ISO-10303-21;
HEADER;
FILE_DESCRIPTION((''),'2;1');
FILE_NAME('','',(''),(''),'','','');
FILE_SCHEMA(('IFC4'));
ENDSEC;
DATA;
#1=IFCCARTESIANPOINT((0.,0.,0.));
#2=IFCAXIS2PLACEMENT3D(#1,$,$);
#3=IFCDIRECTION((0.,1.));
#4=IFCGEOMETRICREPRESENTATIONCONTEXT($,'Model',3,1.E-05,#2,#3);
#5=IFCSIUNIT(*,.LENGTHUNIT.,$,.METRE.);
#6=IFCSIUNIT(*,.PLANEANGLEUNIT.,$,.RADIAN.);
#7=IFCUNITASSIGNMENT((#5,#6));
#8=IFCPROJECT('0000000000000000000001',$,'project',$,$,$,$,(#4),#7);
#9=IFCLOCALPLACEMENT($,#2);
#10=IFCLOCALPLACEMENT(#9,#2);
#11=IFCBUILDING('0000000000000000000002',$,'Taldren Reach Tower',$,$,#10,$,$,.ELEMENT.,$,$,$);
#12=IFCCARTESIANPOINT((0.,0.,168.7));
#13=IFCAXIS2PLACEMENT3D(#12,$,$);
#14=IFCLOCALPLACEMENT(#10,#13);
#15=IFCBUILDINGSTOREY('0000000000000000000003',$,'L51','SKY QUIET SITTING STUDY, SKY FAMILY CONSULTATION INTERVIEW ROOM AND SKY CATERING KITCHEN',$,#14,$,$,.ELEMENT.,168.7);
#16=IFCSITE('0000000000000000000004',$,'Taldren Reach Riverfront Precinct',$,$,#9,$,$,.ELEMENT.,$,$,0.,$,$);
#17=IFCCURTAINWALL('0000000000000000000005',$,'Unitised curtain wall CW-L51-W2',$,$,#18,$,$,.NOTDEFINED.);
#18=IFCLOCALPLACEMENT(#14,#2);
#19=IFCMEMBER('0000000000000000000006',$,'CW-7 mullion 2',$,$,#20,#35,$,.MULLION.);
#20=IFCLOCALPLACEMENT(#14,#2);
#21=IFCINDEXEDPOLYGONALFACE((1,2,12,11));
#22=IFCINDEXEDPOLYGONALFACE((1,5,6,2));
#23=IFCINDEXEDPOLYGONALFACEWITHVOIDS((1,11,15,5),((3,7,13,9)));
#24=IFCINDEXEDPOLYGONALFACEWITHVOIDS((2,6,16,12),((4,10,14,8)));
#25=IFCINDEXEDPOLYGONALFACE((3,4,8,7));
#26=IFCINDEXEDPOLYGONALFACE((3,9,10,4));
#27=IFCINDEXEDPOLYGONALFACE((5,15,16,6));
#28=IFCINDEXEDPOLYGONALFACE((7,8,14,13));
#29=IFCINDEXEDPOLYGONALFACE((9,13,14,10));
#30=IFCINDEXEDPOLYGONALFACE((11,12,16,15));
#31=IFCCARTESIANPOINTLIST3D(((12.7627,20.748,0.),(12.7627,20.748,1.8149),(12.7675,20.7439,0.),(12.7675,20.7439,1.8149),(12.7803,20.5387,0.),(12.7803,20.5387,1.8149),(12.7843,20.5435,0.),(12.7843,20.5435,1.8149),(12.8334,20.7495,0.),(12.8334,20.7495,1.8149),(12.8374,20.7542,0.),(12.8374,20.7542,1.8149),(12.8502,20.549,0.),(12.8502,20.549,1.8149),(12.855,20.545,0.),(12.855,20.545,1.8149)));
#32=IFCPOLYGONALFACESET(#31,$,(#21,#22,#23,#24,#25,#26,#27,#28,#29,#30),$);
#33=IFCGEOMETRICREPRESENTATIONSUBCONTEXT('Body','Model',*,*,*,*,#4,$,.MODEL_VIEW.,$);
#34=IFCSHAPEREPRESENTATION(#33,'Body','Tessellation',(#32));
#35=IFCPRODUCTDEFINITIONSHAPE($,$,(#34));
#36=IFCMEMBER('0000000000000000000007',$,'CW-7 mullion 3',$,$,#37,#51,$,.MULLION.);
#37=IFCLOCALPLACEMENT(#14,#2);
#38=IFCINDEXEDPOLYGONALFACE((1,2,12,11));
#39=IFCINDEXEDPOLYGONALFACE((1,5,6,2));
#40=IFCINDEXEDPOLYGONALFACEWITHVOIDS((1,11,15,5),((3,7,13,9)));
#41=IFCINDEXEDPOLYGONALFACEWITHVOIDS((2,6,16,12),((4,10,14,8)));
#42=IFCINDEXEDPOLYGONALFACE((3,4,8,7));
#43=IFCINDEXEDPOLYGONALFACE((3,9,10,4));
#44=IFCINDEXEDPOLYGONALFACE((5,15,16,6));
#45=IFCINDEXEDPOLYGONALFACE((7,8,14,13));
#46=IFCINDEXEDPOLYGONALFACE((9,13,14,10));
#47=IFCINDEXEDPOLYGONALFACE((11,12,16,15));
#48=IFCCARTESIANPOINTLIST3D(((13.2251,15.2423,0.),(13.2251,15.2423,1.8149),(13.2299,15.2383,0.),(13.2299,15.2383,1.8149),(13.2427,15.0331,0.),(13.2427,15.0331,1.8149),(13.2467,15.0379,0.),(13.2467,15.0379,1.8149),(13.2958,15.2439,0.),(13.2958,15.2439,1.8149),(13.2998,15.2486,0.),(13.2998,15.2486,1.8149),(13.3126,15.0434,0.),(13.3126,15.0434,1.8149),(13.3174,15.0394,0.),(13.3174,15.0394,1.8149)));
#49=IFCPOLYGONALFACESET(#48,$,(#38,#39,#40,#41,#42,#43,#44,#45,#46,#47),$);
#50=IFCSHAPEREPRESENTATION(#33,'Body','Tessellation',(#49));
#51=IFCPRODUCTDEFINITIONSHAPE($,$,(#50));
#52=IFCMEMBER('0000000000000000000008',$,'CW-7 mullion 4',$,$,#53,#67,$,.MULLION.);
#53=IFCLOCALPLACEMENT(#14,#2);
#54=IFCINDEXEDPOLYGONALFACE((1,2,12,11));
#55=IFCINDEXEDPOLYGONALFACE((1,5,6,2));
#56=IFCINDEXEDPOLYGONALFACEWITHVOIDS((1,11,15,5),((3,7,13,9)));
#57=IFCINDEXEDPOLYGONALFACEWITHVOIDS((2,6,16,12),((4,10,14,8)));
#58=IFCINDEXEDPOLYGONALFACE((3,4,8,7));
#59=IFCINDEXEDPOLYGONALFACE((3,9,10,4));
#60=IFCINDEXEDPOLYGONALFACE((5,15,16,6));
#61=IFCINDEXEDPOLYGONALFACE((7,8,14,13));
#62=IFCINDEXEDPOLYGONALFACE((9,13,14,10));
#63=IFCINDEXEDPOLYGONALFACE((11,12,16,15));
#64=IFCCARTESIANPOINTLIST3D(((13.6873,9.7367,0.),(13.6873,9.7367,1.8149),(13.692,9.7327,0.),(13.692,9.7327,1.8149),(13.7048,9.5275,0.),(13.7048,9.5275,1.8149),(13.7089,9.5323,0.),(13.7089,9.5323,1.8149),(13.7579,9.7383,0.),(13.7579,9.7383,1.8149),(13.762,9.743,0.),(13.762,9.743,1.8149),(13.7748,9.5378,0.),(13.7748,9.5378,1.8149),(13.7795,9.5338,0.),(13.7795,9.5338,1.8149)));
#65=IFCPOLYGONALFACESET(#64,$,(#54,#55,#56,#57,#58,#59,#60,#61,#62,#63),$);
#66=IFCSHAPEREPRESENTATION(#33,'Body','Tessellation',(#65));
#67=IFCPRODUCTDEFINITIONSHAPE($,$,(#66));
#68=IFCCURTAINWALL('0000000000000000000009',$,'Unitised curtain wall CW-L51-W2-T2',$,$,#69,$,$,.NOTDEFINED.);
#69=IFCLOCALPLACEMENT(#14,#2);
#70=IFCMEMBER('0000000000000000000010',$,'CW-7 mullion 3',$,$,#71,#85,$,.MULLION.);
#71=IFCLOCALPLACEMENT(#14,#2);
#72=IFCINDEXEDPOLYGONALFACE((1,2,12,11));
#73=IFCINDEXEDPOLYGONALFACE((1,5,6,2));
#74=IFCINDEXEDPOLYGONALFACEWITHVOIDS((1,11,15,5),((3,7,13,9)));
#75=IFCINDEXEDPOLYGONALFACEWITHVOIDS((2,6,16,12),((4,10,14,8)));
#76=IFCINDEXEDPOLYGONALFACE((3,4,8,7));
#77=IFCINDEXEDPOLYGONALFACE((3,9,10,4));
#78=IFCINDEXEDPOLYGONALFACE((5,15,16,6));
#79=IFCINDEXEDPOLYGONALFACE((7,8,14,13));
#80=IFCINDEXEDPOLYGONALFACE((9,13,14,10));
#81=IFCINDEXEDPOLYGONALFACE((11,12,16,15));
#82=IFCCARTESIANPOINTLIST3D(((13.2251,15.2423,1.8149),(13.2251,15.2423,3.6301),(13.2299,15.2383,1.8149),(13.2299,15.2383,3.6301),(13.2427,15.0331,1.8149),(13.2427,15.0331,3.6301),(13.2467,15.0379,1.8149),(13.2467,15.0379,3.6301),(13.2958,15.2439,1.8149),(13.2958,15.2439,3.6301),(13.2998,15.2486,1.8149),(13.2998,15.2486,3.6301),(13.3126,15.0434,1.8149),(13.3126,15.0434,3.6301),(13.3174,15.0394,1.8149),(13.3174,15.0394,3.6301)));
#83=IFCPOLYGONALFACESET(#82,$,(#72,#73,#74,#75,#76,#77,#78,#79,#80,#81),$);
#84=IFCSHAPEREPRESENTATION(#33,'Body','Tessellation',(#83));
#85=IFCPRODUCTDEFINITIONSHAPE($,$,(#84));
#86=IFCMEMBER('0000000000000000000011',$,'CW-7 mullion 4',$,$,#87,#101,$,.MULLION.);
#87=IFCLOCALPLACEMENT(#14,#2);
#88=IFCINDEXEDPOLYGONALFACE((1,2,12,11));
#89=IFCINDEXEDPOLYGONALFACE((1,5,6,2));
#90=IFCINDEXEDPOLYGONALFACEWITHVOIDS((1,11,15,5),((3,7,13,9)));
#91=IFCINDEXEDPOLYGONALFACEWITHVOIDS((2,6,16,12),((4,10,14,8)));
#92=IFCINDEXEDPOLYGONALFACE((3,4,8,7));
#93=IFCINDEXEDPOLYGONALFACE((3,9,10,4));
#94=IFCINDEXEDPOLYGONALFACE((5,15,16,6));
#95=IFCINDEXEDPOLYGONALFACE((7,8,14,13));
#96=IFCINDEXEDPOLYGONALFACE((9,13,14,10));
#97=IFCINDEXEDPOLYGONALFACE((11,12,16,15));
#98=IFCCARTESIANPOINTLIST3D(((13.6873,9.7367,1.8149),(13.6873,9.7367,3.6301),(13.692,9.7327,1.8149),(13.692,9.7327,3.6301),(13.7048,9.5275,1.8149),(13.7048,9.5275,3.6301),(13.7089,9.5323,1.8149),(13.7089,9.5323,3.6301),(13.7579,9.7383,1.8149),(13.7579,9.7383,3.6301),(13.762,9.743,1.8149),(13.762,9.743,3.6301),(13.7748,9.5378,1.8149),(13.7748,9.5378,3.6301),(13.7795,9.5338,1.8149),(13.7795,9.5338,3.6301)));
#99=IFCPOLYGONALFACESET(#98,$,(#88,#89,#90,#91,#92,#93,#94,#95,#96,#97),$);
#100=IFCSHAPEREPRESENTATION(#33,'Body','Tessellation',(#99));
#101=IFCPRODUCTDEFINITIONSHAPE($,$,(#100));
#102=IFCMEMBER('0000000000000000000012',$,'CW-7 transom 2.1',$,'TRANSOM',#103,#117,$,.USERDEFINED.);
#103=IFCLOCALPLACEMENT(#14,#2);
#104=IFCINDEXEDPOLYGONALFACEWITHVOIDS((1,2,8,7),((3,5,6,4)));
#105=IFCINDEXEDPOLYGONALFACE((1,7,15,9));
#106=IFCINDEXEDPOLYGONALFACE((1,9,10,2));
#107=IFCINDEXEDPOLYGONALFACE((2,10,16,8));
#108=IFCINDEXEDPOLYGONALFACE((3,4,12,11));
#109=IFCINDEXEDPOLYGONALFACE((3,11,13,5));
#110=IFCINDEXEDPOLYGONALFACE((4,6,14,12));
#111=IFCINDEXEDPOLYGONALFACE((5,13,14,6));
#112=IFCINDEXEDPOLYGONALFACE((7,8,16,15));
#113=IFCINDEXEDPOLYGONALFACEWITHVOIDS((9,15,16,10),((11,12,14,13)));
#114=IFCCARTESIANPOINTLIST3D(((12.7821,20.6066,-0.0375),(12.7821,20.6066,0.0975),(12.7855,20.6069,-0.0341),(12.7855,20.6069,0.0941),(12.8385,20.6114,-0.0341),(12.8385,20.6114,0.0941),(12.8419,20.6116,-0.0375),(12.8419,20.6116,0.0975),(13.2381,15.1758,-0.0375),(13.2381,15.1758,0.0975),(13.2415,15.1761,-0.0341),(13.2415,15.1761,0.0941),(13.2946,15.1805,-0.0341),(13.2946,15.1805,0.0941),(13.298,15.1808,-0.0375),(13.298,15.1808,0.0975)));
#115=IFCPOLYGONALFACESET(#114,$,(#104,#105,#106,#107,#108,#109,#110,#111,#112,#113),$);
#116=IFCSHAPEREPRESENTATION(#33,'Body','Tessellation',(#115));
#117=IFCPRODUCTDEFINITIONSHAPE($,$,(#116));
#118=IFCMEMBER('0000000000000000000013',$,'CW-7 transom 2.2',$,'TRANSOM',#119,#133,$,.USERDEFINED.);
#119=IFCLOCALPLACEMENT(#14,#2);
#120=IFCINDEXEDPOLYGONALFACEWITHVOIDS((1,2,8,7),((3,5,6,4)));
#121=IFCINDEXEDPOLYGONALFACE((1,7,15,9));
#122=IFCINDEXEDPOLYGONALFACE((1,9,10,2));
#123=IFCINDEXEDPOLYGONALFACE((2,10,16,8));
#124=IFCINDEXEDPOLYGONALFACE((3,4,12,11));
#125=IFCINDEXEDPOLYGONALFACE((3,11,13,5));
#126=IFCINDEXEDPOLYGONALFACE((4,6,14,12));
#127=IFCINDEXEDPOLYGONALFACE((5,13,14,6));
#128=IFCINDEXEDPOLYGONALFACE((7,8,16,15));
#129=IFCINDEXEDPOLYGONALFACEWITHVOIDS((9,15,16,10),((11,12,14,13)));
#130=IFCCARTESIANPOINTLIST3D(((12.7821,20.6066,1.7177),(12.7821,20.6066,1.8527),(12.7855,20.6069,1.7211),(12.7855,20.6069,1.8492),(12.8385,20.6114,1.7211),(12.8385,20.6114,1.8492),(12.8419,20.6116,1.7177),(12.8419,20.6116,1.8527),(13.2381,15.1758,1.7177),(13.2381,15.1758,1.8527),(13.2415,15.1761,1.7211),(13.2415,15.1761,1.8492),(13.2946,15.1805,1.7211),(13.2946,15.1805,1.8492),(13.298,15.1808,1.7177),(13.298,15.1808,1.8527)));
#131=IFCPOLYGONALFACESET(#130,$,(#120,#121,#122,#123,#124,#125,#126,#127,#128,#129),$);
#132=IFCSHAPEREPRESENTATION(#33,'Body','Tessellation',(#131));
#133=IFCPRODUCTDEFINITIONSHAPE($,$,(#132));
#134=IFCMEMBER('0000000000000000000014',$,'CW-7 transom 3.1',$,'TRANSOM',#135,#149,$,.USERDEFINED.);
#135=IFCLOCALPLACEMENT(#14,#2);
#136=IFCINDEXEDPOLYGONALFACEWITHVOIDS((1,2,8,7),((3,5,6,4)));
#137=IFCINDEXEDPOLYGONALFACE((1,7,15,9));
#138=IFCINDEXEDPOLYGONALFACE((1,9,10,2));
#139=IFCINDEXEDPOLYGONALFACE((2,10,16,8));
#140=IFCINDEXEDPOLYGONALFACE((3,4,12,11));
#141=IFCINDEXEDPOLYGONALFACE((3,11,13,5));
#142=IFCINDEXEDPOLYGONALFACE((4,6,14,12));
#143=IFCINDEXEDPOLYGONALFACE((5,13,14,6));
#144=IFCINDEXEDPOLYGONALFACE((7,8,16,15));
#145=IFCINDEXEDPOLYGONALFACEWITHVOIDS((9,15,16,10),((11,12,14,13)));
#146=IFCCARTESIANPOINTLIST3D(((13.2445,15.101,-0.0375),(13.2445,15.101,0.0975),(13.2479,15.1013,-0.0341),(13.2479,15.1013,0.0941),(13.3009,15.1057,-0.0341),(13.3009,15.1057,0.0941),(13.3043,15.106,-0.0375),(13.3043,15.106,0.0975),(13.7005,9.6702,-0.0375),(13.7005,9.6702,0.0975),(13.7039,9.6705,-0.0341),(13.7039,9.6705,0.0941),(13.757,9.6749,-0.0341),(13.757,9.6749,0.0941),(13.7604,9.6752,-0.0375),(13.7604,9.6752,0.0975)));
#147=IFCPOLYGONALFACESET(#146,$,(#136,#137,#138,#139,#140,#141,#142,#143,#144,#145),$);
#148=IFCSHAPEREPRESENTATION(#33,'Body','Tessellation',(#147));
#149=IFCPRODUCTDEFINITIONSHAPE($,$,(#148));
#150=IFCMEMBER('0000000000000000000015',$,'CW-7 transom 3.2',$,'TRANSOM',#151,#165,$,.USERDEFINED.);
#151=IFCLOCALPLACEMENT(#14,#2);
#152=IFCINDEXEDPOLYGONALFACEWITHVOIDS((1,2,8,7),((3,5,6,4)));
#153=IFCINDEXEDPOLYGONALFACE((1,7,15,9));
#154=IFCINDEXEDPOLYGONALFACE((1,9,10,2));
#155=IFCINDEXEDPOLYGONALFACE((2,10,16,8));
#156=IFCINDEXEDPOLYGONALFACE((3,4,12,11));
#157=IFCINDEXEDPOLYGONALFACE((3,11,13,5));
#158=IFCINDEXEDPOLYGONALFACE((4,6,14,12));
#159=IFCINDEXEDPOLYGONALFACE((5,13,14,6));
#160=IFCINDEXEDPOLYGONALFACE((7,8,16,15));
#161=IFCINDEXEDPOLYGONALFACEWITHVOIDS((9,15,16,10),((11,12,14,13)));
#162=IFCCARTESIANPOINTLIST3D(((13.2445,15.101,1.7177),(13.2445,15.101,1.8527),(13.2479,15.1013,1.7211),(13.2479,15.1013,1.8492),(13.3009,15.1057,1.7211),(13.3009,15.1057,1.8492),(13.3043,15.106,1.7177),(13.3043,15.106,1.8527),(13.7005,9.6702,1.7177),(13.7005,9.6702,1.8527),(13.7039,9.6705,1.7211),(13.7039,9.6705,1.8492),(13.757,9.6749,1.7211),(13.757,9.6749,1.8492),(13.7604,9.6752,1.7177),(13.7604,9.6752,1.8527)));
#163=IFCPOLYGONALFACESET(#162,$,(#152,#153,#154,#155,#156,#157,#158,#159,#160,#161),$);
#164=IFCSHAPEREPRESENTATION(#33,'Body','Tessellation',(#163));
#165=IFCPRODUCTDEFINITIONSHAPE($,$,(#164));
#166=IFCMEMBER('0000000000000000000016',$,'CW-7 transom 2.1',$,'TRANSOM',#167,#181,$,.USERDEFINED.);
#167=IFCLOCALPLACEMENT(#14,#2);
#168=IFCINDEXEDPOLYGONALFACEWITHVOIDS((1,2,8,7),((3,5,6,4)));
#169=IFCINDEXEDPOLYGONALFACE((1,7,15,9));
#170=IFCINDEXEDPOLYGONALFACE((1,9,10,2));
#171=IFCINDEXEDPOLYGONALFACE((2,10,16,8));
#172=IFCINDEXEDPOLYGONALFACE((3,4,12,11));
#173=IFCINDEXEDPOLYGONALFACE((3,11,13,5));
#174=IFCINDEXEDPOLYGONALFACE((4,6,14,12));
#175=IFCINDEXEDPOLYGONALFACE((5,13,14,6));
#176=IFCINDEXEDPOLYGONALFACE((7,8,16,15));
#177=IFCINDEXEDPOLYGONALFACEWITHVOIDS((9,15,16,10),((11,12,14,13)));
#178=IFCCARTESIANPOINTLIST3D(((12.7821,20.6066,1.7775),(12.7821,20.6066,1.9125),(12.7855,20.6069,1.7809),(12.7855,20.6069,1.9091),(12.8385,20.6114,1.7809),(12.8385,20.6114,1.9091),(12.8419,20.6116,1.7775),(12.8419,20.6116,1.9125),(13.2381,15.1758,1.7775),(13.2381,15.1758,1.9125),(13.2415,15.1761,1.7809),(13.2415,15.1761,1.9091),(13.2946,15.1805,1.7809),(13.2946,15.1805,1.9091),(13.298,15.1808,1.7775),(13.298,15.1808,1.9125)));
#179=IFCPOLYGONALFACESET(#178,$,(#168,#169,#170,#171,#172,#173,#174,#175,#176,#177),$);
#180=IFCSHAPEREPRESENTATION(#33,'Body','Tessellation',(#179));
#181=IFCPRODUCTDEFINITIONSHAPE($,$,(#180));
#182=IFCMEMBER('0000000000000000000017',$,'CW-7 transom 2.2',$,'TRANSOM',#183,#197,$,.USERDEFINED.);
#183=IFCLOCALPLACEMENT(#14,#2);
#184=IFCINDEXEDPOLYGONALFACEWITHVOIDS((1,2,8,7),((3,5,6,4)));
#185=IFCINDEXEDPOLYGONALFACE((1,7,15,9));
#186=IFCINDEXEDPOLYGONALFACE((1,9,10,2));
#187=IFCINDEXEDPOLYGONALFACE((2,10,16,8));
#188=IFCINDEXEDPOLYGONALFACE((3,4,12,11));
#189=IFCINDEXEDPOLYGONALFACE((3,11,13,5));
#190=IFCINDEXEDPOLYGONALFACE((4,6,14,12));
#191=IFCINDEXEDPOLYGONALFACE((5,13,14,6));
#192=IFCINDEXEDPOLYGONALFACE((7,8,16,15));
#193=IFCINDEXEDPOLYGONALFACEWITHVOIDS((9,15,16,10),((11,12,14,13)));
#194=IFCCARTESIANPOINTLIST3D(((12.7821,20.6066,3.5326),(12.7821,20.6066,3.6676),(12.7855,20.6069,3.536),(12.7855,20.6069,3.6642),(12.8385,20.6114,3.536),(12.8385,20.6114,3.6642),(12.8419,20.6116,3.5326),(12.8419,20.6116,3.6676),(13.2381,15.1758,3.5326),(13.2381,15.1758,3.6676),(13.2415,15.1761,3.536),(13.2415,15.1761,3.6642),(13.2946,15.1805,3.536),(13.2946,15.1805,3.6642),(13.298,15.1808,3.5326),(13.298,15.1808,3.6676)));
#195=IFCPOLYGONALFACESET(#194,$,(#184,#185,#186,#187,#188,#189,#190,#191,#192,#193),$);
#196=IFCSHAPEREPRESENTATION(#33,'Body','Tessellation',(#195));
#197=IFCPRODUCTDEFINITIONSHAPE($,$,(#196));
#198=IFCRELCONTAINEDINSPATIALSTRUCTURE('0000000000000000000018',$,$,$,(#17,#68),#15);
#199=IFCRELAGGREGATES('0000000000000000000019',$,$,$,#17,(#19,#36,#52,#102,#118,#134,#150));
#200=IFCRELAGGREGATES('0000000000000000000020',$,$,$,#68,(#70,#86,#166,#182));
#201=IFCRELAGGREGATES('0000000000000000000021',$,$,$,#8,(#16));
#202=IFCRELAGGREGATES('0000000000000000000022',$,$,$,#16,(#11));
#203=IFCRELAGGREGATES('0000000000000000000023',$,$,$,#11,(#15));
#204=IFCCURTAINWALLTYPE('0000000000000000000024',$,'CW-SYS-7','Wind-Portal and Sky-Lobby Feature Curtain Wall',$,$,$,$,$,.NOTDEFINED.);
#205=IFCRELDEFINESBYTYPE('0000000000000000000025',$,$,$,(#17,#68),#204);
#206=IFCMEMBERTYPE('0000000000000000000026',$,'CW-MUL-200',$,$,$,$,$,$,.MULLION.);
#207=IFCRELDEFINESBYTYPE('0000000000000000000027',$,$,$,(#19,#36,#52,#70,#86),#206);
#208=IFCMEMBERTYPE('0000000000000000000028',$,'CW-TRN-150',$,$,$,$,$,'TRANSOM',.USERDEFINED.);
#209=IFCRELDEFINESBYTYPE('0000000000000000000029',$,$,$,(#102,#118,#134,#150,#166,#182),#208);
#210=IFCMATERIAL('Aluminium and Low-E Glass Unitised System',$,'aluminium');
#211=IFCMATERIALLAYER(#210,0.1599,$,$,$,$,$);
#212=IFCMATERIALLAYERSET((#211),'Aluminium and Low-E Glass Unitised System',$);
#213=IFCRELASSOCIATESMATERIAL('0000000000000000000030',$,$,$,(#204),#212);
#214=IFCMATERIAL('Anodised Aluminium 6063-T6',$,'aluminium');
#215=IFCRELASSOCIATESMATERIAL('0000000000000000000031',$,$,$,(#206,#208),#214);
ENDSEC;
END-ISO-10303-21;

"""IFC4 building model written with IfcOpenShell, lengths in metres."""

from ifc_helpers import new_model, si_unit, direction, frame, origin, origin_2d, place, context, subcontext, project, spatial, hollow_rectangle, extrude, source, transform, mapped, material, layer, layer_set, material_profile, profile_set, type_object, element, aggregate, save


model = new_model("IFC4")

# Units and contexts
model_context = context("Model", 3, precision=1e-05, world=origin(), true_north=direction((0.0, 1.0)))
body_context = subcontext(model_context, "Body", "Model", "MODEL_VIEW")
ifc_project = project(units=[si_unit("LENGTHUNIT", "METRE"), si_unit("PLANEANGLEUNIT", "RADIAN")], contexts=[model_context])

# Site, building, storey
site_placement = place(None, origin())
site = spatial("IfcSite", under=ifc_project, at=site_placement, Name="Taldren Reach Riverfront Precinct", CompositionType="ELEMENT", RefElevation=0.0)
building_placement = place(site_placement, origin())
building = spatial("IfcBuilding", under=site, at=building_placement, Name="Taldren Reach Tower", CompositionType="ELEMENT")
storey_placement = place(building_placement, frame((0.0, 0.0, 168.7)))
storey = spatial("IfcBuildingStorey", under=building, at=storey_placement, Name="L51", Description="SKY QUIET SITTING STUDY, SKY FAMILY CONSULTATION INTERVIEW ROOM AND SKY CATERING KITCHEN", CompositionType="ELEMENT", Elevation=168.7)

# Curtain walls, members
ifc_material_1 = material(Name="Aluminium and Low-E Glass Unitised System", Category="aluminium")
ifc_layer_1 = layer(ifc_material_1, 0.1599)
ifc_layer_set_1 = layer_set([ifc_layer_1], Name="Aluminium and Low-E Glass Unitised System")
curtain_wall_type = type_object("IfcCurtainWallType", Name="CW-SYS-7", Description="Wind-Portal and Sky-Lobby Feature Curtain Wall", PredefinedType="NOTDEFINED", material=ifc_layer_set_1)
curtain_wall_1_placement = place(storey_placement, origin())
curtain_wall_1 = element("IfcCurtainWall", 1, at=curtain_wall_1_placement, inside=storey, type_object=curtain_wall_type, Name="Unitised curtain wall CW-L51-W2", PredefinedType="NOTDEFINED")
ifc_material_2 = material(Name="Anodised Aluminium 6063-T6", Category="aluminium")
ifc_material_profile_1 = material_profile(ifc_material_2, hollow_rectangle(XDim=0.075, YDim=0.21, WallThickness=0.0044, at=origin_2d()), Name="ALU-210x75x4.5RHS")
ifc_profile_set_1 = profile_set([ifc_material_profile_1], Name="Anodised Aluminium 6063-T6")
member_type_1 = type_object("IfcMemberType", Name="CW-MUL-200", PredefinedType="MULLION", material=ifc_profile_set_1)
shared_shape_1 = source(origin(), body_context, "Body", "SweptSolid", [
    extrude(hollow_rectangle(XDim=0.075, YDim=0.21, WallThickness=0.0044, at=origin_2d()), origin(), (0.0, 0.0, 1.0), 1.8149),
])
member_1_placement = place(storey_placement, frame((12.8088, 20.6465, 0.0), z_axis=(0.0, 0.0, 1.0), x_axis=(0.996493, 0.083678, 0.0)))
member_1 = element("IfcMember", 2, at=member_1_placement, type_object=member_type_1, Name="CW-7 mullion 2", PredefinedType="MULLION", context=body_context, shape_type="MappedRepresentation", body=[
    mapped(shared_shape_1, transform((0.0, 0.0, 0.0), scale=1.0)),
])
member_2_placement = place(storey_placement, frame((13.2712, 15.1409, 0.0), z_axis=(0.0, 0.0, 1.0), x_axis=(0.996493, 0.083678, 0.0)))
member_2 = element("IfcMember", 3, at=member_2_placement, type_object=member_type_1, Name="CW-7 mullion 3", PredefinedType="MULLION", context=body_context, shape_type="MappedRepresentation", body=[
    mapped(shared_shape_1, transform((0.0, 0.0, 0.0), scale=1.0)),
])
member_3_placement = place(storey_placement, frame((13.7334, 9.6353, 0.0), z_axis=(0.0, 0.0, 1.0), x_axis=(0.996493, 0.083678, 0.0)))
member_3 = element("IfcMember", 4, at=member_3_placement, type_object=member_type_1, Name="CW-7 mullion 4", PredefinedType="MULLION", context=body_context, shape_type="MappedRepresentation", body=[
    mapped(shared_shape_1, transform((0.0, 0.0, 0.0), scale=1.0)),
])
curtain_wall_2_placement = place(storey_placement, origin())
curtain_wall_2 = element("IfcCurtainWall", 5, at=curtain_wall_2_placement, inside=storey, type_object=curtain_wall_type, Name="Unitised curtain wall CW-L51-W2-T2", PredefinedType="NOTDEFINED")
shared_shape_2 = source(origin(), body_context, "Body", "SweptSolid", [
    extrude(hollow_rectangle(XDim=0.075, YDim=0.21, WallThickness=0.0044, at=origin_2d()), origin(), (0.0, 0.0, 1.0), 1.8152),
])
member_4_placement = place(storey_placement, frame((13.2712, 15.1409, 1.8149), z_axis=(0.0, 0.0, 1.0), x_axis=(0.996493, 0.083678, 0.0)))
member_4 = element("IfcMember", 6, at=member_4_placement, type_object=member_type_1, Name="CW-7 mullion 3", PredefinedType="MULLION", context=body_context, shape_type="MappedRepresentation", body=[
    mapped(shared_shape_2, transform((0.0, 0.0, 0.0), scale=1.0)),
])
member_5_placement = place(storey_placement, frame((13.7334, 9.6353, 1.8149), z_axis=(0.0, 0.0, 1.0), x_axis=(0.996493, 0.083678, 0.0)))
member_5 = element("IfcMember", 7, at=member_5_placement, type_object=member_type_1, Name="CW-7 mullion 4", PredefinedType="MULLION", context=body_context, shape_type="MappedRepresentation", body=[
    mapped(shared_shape_2, transform((0.0, 0.0, 0.0), scale=1.0)),
])

# Members
ifc_material_profile_2 = material_profile(ifc_material_2, hollow_rectangle(XDim=0.0601, YDim=0.135, WallThickness=0.0034, at=origin_2d()), Name="ALU-135x60x3.5RHS")
ifc_profile_set_2 = profile_set([ifc_material_profile_2], Name="Anodised Aluminium 6063-T6")
member_type_2 = type_object("IfcMemberType", Name="CW-TRN-150", ElementType="TRANSOM", PredefinedType="USERDEFINED", material=ifc_profile_set_2)
shared_shape_3 = source(origin(), body_context, "Body", "SweptSolid", [
    extrude(hollow_rectangle(XDim=0.0601, YDim=0.135, WallThickness=0.0034, at=origin_2d()), origin(), (0.0, 0.0, 1.0), 5.45),
])
member_6_placement = place(storey_placement, frame((12.812, 20.6091, 0.03), z_axis=(0.083679, -0.996493, 0.0), x_axis=(0.996493, 0.083679, 0.0)))
member_6 = element("IfcMember", 8, at=member_6_placement, type_object=member_type_2, Name="CW-7 transom 2.1", ObjectType="TRANSOM", PredefinedType="USERDEFINED", context=body_context, shape_type="MappedRepresentation", body=[
    mapped(shared_shape_3, transform((0.0, 0.0, 0.0), scale=1.0)),
])
member_7_placement = place(storey_placement, frame((12.812, 20.6091, 1.7852), z_axis=(0.083679, -0.996493, 0.0), x_axis=(0.996493, 0.083679, 0.0)))
member_7 = element("IfcMember", 9, at=member_7_placement, type_object=member_type_2, Name="CW-7 transom 2.2", ObjectType="TRANSOM", PredefinedType="USERDEFINED", context=body_context, shape_type="MappedRepresentation", body=[
    mapped(shared_shape_3, transform((0.0, 0.0, 0.0), scale=1.0)),
])
member_8_placement = place(storey_placement, frame((13.2744, 15.1035, 0.03), z_axis=(0.083679, -0.996493, 0.0), x_axis=(0.996493, 0.083679, 0.0)))
member_8 = element("IfcMember", 10, at=member_8_placement, type_object=member_type_2, Name="CW-7 transom 3.1", ObjectType="TRANSOM", PredefinedType="USERDEFINED", context=body_context, shape_type="MappedRepresentation", body=[
    mapped(shared_shape_3, transform((0.0, 0.0, 0.0), scale=1.0)),
])
member_9_placement = place(storey_placement, frame((13.2744, 15.1035, 1.7852), z_axis=(0.083679, -0.996493, 0.0), x_axis=(0.996493, 0.083679, 0.0)))
member_9 = element("IfcMember", 11, at=member_9_placement, type_object=member_type_2, Name="CW-7 transom 3.2", ObjectType="TRANSOM", PredefinedType="USERDEFINED", context=body_context, shape_type="MappedRepresentation", body=[
    mapped(shared_shape_3, transform((0.0, 0.0, 0.0), scale=1.0)),
])
member_10_placement = place(storey_placement, frame((12.812, 20.6091, 1.845), z_axis=(0.083679, -0.996493, 0.0), x_axis=(0.996493, 0.083679, 0.0)))
member_10 = element("IfcMember", 12, at=member_10_placement, type_object=member_type_2, Name="CW-7 transom 2.1", ObjectType="TRANSOM", PredefinedType="USERDEFINED", context=body_context, shape_type="MappedRepresentation", body=[
    mapped(shared_shape_3, transform((0.0, 0.0, 0.0), scale=1.0)),
])
member_11_placement = place(storey_placement, frame((12.812, 20.6091, 3.6001), z_axis=(0.083679, -0.996493, 0.0), x_axis=(0.996493, 0.083679, 0.0)))
member_11 = element("IfcMember", 13, at=member_11_placement, type_object=member_type_2, Name="CW-7 transom 2.2", ObjectType="TRANSOM", PredefinedType="USERDEFINED", context=body_context, shape_type="MappedRepresentation", body=[
    mapped(shared_shape_3, transform((0.0, 0.0, 0.0), scale=1.0)),
])

aggregate(curtain_wall_1, [member_1, member_2, member_3, member_6, member_7, member_8, member_9])
aggregate(curtain_wall_2, [member_4, member_5, member_10, member_11])

save(model, "model.ifc")
